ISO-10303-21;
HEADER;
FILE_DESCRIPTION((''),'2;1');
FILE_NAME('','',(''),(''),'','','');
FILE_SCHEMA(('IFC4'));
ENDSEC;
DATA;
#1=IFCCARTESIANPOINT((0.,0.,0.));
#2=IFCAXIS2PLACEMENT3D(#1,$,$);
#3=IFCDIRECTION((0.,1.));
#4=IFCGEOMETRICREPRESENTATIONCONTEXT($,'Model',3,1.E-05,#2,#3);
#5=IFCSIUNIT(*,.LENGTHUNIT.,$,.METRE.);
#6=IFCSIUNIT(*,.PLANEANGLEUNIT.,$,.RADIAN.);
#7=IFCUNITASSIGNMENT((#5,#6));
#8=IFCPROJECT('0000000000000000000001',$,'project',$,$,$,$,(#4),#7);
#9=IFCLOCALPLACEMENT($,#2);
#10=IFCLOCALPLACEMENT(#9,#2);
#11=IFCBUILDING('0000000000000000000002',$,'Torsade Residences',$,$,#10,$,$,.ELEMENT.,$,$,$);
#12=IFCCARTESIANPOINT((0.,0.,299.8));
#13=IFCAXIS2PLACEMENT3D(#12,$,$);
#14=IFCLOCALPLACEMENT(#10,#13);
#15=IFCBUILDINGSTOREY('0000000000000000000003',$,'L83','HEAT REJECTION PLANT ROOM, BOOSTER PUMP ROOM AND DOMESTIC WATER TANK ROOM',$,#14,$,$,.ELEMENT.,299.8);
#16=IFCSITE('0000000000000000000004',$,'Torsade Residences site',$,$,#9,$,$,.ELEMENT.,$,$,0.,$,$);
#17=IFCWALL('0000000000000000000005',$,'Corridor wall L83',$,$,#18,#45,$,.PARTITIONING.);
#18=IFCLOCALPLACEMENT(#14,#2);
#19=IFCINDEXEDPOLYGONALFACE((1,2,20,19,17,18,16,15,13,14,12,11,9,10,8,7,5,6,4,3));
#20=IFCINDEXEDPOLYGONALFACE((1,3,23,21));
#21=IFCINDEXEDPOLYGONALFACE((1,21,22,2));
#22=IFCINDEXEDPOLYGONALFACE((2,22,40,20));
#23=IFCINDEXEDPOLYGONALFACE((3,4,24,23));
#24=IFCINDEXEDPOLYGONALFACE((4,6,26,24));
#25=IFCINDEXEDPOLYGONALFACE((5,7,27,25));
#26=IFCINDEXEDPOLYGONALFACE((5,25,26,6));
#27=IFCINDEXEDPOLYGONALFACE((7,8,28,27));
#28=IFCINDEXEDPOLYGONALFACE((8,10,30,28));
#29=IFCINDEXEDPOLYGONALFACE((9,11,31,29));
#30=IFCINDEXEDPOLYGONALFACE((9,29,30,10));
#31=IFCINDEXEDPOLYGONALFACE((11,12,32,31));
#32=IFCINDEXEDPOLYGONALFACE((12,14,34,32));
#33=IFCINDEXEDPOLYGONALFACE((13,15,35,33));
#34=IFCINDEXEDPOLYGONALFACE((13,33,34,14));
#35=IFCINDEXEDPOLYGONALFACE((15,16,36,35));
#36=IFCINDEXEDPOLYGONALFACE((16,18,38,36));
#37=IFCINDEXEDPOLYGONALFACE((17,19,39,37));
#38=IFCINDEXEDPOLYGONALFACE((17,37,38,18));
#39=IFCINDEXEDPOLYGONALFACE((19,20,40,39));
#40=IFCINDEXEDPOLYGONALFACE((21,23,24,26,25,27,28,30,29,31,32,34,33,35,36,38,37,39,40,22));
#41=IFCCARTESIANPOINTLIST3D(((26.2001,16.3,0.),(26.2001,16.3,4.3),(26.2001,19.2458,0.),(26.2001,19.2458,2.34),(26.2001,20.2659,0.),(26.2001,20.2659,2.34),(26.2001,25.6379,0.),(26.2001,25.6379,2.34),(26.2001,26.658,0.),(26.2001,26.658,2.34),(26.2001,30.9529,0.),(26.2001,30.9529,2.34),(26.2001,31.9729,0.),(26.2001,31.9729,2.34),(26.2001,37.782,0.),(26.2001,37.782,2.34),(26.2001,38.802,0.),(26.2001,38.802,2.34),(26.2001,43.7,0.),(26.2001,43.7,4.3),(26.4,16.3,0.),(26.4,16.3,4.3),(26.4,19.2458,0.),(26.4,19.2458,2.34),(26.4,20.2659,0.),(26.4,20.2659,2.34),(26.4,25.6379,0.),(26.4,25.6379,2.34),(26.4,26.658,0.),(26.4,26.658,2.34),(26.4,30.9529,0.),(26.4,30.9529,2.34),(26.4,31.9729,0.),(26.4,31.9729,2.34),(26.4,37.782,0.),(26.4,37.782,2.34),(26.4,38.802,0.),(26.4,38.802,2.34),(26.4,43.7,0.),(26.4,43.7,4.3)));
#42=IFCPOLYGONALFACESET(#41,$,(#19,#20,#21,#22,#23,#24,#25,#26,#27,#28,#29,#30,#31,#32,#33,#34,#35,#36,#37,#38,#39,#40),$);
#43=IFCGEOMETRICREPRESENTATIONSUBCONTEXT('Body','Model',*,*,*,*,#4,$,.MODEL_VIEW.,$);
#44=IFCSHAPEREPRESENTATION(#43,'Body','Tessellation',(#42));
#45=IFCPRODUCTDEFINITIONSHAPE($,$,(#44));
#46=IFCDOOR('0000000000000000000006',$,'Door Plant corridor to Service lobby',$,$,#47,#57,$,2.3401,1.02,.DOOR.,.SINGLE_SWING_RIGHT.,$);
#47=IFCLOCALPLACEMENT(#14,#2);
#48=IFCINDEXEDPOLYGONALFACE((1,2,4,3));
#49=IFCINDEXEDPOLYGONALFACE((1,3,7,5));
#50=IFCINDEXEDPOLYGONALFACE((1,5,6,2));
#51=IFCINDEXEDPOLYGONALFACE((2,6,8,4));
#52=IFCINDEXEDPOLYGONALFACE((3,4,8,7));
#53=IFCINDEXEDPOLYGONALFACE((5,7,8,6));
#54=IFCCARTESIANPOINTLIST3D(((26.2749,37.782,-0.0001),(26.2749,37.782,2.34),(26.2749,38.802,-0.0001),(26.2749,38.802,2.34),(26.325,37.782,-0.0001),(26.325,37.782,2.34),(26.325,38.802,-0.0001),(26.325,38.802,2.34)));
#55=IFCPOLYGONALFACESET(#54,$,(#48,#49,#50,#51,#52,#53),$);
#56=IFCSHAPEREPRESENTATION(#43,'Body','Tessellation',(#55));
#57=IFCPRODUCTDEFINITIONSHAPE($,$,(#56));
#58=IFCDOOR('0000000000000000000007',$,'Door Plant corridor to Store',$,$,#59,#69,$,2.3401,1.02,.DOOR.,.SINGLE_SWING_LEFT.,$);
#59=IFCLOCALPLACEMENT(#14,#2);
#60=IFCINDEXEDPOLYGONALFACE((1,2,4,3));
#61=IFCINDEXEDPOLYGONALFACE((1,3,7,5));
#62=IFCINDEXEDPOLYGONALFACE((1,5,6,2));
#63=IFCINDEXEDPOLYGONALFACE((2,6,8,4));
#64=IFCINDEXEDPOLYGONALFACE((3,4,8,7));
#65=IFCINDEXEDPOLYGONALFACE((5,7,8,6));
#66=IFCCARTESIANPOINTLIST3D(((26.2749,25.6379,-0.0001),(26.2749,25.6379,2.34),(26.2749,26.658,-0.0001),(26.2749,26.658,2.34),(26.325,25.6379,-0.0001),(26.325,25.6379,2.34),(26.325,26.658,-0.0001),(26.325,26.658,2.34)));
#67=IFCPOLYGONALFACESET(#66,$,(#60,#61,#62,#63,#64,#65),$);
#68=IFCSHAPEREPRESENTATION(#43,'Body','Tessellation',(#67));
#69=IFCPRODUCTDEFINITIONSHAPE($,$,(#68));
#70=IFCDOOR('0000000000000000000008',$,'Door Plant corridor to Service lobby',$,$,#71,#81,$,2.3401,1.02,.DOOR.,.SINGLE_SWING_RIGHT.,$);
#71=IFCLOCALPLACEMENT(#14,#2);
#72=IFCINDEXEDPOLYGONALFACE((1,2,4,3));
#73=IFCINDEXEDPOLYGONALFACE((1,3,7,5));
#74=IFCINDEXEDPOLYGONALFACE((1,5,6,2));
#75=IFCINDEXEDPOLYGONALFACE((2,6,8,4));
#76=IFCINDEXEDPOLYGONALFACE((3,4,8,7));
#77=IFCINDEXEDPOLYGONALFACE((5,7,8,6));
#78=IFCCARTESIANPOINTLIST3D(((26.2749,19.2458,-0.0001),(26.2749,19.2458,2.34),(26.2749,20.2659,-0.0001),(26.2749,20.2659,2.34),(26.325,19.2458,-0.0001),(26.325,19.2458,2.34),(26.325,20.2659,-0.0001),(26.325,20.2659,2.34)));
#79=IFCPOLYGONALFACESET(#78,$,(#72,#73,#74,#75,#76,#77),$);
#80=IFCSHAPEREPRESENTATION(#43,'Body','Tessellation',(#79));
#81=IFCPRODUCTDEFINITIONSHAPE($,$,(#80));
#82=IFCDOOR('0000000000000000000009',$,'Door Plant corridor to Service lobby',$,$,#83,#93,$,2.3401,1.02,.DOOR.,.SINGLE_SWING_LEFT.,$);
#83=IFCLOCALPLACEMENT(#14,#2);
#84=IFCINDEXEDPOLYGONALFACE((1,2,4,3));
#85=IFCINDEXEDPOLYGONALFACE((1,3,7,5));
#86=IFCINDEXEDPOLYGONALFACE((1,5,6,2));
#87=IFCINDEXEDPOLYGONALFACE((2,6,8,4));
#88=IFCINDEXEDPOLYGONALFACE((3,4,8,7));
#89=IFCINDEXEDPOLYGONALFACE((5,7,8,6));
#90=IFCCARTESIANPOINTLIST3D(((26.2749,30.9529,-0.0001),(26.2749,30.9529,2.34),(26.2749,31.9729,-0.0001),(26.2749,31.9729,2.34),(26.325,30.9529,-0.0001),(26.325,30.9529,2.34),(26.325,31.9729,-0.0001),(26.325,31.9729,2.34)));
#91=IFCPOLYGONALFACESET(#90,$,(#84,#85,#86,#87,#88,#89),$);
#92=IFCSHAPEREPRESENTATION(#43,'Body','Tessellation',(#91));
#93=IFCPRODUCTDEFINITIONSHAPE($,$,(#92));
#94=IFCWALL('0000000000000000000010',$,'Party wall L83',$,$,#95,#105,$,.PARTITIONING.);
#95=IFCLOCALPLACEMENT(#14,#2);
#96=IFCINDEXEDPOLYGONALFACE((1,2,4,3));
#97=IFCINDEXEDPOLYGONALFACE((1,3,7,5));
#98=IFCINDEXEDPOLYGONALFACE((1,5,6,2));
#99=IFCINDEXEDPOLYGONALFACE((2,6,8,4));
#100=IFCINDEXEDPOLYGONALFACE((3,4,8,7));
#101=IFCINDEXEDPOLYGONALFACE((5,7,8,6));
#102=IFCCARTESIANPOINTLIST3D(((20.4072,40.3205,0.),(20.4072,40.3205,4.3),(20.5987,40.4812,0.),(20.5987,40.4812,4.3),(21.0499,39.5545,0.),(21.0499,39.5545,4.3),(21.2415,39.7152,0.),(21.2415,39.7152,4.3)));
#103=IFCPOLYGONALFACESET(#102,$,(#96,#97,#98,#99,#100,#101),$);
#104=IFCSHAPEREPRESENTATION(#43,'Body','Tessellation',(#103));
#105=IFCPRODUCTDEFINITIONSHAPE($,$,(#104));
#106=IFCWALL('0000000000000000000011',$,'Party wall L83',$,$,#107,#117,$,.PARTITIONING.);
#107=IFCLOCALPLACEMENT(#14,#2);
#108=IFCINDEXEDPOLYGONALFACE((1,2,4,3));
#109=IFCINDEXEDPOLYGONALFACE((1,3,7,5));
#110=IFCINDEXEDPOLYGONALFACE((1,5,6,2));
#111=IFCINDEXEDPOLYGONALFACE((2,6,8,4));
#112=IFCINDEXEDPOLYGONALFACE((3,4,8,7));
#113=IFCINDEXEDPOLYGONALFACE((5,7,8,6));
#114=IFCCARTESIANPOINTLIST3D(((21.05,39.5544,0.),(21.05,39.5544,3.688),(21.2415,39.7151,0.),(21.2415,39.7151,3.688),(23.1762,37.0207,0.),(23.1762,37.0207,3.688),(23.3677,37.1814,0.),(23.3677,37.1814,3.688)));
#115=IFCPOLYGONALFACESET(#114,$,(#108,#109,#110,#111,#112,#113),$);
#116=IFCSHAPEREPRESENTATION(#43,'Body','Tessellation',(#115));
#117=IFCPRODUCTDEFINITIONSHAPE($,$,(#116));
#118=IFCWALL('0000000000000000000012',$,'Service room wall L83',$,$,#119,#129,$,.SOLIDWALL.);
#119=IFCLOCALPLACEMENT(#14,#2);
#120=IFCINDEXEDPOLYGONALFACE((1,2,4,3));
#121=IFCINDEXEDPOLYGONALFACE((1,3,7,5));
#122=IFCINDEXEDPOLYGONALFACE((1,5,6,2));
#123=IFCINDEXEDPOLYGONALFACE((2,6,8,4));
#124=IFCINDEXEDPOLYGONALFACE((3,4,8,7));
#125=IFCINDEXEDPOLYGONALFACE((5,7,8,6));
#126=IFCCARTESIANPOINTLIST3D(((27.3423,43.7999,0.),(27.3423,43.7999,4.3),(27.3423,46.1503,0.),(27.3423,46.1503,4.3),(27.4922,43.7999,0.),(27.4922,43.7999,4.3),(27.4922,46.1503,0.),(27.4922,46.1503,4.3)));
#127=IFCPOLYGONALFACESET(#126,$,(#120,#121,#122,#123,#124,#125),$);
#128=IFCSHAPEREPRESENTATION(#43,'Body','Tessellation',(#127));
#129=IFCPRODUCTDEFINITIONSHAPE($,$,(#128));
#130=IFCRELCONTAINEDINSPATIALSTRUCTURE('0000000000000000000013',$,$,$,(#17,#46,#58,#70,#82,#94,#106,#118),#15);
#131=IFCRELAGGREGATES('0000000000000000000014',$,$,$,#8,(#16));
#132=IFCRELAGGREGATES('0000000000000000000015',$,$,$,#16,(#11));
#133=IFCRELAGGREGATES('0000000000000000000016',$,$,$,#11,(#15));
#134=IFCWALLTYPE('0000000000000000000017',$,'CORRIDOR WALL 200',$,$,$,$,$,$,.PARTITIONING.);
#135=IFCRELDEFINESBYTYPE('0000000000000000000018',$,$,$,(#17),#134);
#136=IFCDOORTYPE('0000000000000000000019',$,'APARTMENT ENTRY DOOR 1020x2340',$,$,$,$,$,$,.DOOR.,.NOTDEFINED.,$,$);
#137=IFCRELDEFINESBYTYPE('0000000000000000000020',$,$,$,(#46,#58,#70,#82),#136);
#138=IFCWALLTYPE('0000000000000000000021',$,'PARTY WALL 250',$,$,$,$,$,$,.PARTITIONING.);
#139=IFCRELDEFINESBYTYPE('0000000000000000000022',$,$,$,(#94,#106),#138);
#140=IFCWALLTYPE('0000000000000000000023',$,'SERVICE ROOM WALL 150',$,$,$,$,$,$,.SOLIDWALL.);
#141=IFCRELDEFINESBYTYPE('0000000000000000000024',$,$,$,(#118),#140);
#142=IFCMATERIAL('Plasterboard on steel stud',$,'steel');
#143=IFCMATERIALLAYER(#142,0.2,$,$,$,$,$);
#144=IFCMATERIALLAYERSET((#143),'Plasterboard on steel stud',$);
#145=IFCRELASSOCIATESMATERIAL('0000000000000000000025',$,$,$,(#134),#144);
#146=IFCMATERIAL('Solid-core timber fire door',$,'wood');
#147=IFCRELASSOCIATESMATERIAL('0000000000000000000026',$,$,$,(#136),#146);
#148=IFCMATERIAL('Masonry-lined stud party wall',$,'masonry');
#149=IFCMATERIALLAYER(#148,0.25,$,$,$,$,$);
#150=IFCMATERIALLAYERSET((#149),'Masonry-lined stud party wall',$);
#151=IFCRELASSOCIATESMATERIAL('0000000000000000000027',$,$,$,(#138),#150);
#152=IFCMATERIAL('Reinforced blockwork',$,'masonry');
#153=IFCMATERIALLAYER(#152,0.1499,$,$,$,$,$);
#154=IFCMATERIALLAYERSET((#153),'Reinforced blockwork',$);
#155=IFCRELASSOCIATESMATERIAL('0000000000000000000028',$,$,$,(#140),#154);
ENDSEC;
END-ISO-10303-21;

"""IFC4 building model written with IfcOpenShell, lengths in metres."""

from ifc_helpers import new_model, si_unit, direction, frame, frame_2d, origin, place, context, subcontext, project, spatial, rectangle, extrude, material, layer, layer_set, type_object, element, fill, save


model = new_model("IFC4")

# Units and contexts
model_context = context("Model", 3, precision=1e-05, world=origin(), true_north=direction((0.0, 1.0)))
body_context = subcontext(model_context, "Body", "Model", "MODEL_VIEW")
ifc_project = project(units=[si_unit("LENGTHUNIT", "METRE"), si_unit("PLANEANGLEUNIT", "RADIAN")], contexts=[model_context])

# Site, building, storey
site_placement = place(None, origin())
site = spatial("IfcSite", under=ifc_project, at=site_placement, Name="Torsade Residences site", CompositionType="ELEMENT", RefElevation=0.0)
building_placement = place(site_placement, origin())
building = spatial("IfcBuilding", under=site, at=building_placement, Name="Torsade Residences", CompositionType="ELEMENT")
storey_placement = place(building_placement, frame((0.0, 0.0, 299.8)))
storey = spatial("IfcBuildingStorey", under=building, at=storey_placement, Name="L83", Description="HEAT REJECTION PLANT ROOM, BOOSTER PUMP ROOM AND DOMESTIC WATER TANK ROOM", CompositionType="ELEMENT", Elevation=299.8)

# Wall, openings, doors
ifc_material_1 = material(Name="Plasterboard on steel stud", Category="steel")
ifc_layer_1 = layer(ifc_material_1, 0.2)
ifc_layer_set_1 = layer_set([ifc_layer_1], Name="Plasterboard on steel stud")
wall_type_1 = type_object("IfcWallType", Name="CORRIDOR WALL 200", PredefinedType="PARTITIONING", material=ifc_layer_set_1)
wall_1_placement = place(storey_placement, frame((26.3, 43.7, 0.0), z_axis=(0.0, 0.0, 1.0), x_axis=(0.0, -1.0, 0.0)))
wall_1 = element("IfcWall", 1, at=wall_1_placement, inside=storey, type_object=wall_type_1, Name="Corridor wall L83", PredefinedType="PARTITIONING", context=body_context, shape_type="SweptSolid", body=[
    extrude(rectangle(XDim=27.3999, YDim=0.2, at=frame_2d((13.7, 0.0))), origin(), (0.0, 0.0, 1.0), 4.3),
])
opening_1_placement = place(wall_1_placement, frame((4.8979, 0.0, 0.0)))
opening_1 = element("IfcOpeningElement", 2, at=opening_1_placement, cuts=wall_1, PredefinedType="OPENING", context=body_context, shape_type="SweptSolid", body=[
    extrude(rectangle(XDim=1.02, YDim=2.3401, at=frame_2d((0.51, 1.1699))), frame((0.0, 0.1099, 0.0), z_axis=(0.0, -1.0, 0.0), x_axis=(1.0, 0.0, 0.0)), (0.0, 0.0, 1.0), 0.22),
])
opening_2_placement = place(wall_1_placement, frame((17.042, 0.0, 0.0)))
opening_2 = element("IfcOpeningElement", 3, at=opening_2_placement, cuts=wall_1, PredefinedType="OPENING", context=body_context, shape_type="SweptSolid", body=[
    extrude(rectangle(XDim=1.02, YDim=2.3401, at=frame_2d((0.51, 1.1699))), frame((0.0, 0.1099, 0.0), z_axis=(0.0, -1.0, 0.0), x_axis=(1.0, 0.0, 0.0)), (0.0, 0.0, 1.0), 0.22),
])
opening_3_placement = place(wall_1_placement, frame((23.4341, 0.0, 0.0)))
opening_3 = element("IfcOpeningElement", 4, at=opening_3_placement, cuts=wall_1, PredefinedType="OPENING", context=body_context, shape_type="SweptSolid", body=[
    extrude(rectangle(XDim=1.02, YDim=2.3401, at=frame_2d((0.51, 1.1699))), frame((0.0, 0.1099, 0.0), z_axis=(0.0, -1.0, 0.0), x_axis=(1.0, 0.0, 0.0)), (0.0, 0.0, 1.0), 0.22),
])
opening_4_placement = place(wall_1_placement, frame((11.7271, 0.0, 0.0)))
opening_4 = element("IfcOpeningElement", 5, at=opening_4_placement, cuts=wall_1, PredefinedType="OPENING", context=body_context, shape_type="SweptSolid", body=[
    extrude(rectangle(XDim=1.02, YDim=2.3401, at=frame_2d((0.51, 1.1699))), frame((0.0, 0.1099, 0.0), z_axis=(0.0, -1.0, 0.0), x_axis=(1.0, 0.0, 0.0)), (0.0, 0.0, 1.0), 0.22),
])
ifc_material_2 = material(Name="Solid-core timber fire door", Category="wood")
door_type = type_object("IfcDoorType", Name="APARTMENT ENTRY DOOR 1020x2340", OperationType="NOTDEFINED", PredefinedType="DOOR", material=ifc_material_2)
door_1_placement = place(opening_1_placement, origin())
door_1 = element("IfcDoor", 6, at=door_1_placement, inside=storey, type_object=door_type, Name="Door Plant corridor to Service lobby", OperationType="SINGLE_SWING_RIGHT", OverallHeight=2.3401, OverallWidth=1.02, PredefinedType="DOOR", context=body_context, shape_type="SweptSolid", body=[
    extrude(rectangle(XDim=1.02, YDim=2.3401, at=frame_2d((0.51, 1.1699))), frame((0.0, 0.0249, 0.0), z_axis=(0.0, -1.0, 0.0), x_axis=(1.0, 0.0, 0.0)), (0.0, 0.0, 1.0), 0.05),
])
fill(opening_1, door_1)
door_2_placement = place(opening_2_placement, origin())
door_2 = element("IfcDoor", 7, at=door_2_placement, inside=storey, type_object=door_type, Name="Door Plant corridor to Store", OperationType="SINGLE_SWING_LEFT", OverallHeight=2.3401, OverallWidth=1.02, PredefinedType="DOOR", context=body_context, shape_type="SweptSolid", body=[
    extrude(rectangle(XDim=1.02, YDim=2.3401, at=frame_2d((0.51, 1.1699))), frame((0.0, 0.0249, 0.0), z_axis=(0.0, -1.0, 0.0), x_axis=(1.0, 0.0, 0.0)), (0.0, 0.0, 1.0), 0.05),
])
fill(opening_2, door_2)
door_3_placement = place(opening_3_placement, origin())
door_3 = element("IfcDoor", 8, at=door_3_placement, inside=storey, type_object=door_type, Name="Door Plant corridor to Service lobby", OperationType="SINGLE_SWING_RIGHT", OverallHeight=2.3401, OverallWidth=1.02, PredefinedType="DOOR", context=body_context, shape_type="SweptSolid", body=[
    extrude(rectangle(XDim=1.02, YDim=2.3401, at=frame_2d((0.51, 1.1699))), frame((0.0, 0.0249, 0.0), z_axis=(0.0, -1.0, 0.0), x_axis=(1.0, 0.0, 0.0)), (0.0, 0.0, 1.0), 0.05),
])
fill(opening_3, door_3)
door_4_placement = place(opening_4_placement, origin())
door_4 = element("IfcDoor", 9, at=door_4_placement, inside=storey, type_object=door_type, Name="Door Plant corridor to Service lobby", OperationType="SINGLE_SWING_LEFT", OverallHeight=2.3401, OverallWidth=1.02, PredefinedType="DOOR", context=body_context, shape_type="SweptSolid", body=[
    extrude(rectangle(XDim=1.02, YDim=2.3401, at=frame_2d((0.51, 1.1699))), frame((0.0, 0.0249, 0.0), z_axis=(0.0, -1.0, 0.0), x_axis=(1.0, 0.0, 0.0)), (0.0, 0.0, 1.0), 0.05),
])
fill(opening_4, door_4)

# Walls
ifc_material_3 = material(Name="Masonry-lined stud party wall", Category="masonry")
ifc_layer_2 = layer(ifc_material_3, 0.25)
ifc_layer_set_2 = layer_set([ifc_layer_2], Name="Masonry-lined stud party wall")
wall_type_2 = type_object("IfcWallType", Name="PARTY WALL 250", PredefinedType="PARTITIONING", material=ifc_layer_set_2)
wall_2_placement = place(storey_placement, frame((20.5029, 40.4009, 0.0), z_axis=(0.0, 0.0, 1.0), x_axis=(0.642774, -0.766056, 0.0)))
element("IfcWall", 10, at=wall_2_placement, inside=storey, type_object=wall_type_2, Name="Party wall L83", PredefinedType="PARTITIONING", context=body_context, shape_type="SweptSolid", body=[
    extrude(rectangle(XDim=1.0, YDim=0.25, at=frame_2d((0.5, 0.0))), origin(), (0.0, 0.0, 1.0), 4.3),
])
wall_3_placement = place(storey_placement, frame((21.1458, 39.6348, 0.0), z_axis=(0.0, 0.0, 1.0), x_axis=(0.642823, -0.766014, 0.0)))
element("IfcWall", 11, at=wall_3_placement, inside=storey, type_object=wall_type_2, Name="Party wall L83", PredefinedType="PARTITIONING", context=body_context, shape_type="SweptSolid", body=[
    extrude(rectangle(XDim=3.3076, YDim=0.25, at=frame_2d((1.6538, 0.0))), origin(), (0.0, 0.0, 1.0), 3.688),
])
ifc_material_4 = material(Name="Reinforced blockwork", Category="masonry")
ifc_layer_3 = layer(ifc_material_4, 0.1499)
ifc_layer_set_3 = layer_set([ifc_layer_3], Name="Reinforced blockwork")
wall_type_3 = type_object("IfcWallType", Name="SERVICE ROOM WALL 150", PredefinedType="SOLIDWALL", material=ifc_layer_set_3)
wall_4_placement = place(storey_placement, frame((27.4172, 46.1504, 0.0), z_axis=(0.0, 0.0, 1.0), x_axis=(0.0, -1.0, 0.0)))
element("IfcWall", 12, at=wall_4_placement, inside=storey, type_object=wall_type_3, Name="Service room wall L83", PredefinedType="SOLIDWALL", context=body_context, shape_type="SweptSolid", body=[
    extrude(rectangle(XDim=2.3503, YDim=0.1499, at=frame_2d((1.1753, 0.0))), origin(), (0.0, 0.0, 1.0), 4.3),
])

save(model, "model.ifc")
